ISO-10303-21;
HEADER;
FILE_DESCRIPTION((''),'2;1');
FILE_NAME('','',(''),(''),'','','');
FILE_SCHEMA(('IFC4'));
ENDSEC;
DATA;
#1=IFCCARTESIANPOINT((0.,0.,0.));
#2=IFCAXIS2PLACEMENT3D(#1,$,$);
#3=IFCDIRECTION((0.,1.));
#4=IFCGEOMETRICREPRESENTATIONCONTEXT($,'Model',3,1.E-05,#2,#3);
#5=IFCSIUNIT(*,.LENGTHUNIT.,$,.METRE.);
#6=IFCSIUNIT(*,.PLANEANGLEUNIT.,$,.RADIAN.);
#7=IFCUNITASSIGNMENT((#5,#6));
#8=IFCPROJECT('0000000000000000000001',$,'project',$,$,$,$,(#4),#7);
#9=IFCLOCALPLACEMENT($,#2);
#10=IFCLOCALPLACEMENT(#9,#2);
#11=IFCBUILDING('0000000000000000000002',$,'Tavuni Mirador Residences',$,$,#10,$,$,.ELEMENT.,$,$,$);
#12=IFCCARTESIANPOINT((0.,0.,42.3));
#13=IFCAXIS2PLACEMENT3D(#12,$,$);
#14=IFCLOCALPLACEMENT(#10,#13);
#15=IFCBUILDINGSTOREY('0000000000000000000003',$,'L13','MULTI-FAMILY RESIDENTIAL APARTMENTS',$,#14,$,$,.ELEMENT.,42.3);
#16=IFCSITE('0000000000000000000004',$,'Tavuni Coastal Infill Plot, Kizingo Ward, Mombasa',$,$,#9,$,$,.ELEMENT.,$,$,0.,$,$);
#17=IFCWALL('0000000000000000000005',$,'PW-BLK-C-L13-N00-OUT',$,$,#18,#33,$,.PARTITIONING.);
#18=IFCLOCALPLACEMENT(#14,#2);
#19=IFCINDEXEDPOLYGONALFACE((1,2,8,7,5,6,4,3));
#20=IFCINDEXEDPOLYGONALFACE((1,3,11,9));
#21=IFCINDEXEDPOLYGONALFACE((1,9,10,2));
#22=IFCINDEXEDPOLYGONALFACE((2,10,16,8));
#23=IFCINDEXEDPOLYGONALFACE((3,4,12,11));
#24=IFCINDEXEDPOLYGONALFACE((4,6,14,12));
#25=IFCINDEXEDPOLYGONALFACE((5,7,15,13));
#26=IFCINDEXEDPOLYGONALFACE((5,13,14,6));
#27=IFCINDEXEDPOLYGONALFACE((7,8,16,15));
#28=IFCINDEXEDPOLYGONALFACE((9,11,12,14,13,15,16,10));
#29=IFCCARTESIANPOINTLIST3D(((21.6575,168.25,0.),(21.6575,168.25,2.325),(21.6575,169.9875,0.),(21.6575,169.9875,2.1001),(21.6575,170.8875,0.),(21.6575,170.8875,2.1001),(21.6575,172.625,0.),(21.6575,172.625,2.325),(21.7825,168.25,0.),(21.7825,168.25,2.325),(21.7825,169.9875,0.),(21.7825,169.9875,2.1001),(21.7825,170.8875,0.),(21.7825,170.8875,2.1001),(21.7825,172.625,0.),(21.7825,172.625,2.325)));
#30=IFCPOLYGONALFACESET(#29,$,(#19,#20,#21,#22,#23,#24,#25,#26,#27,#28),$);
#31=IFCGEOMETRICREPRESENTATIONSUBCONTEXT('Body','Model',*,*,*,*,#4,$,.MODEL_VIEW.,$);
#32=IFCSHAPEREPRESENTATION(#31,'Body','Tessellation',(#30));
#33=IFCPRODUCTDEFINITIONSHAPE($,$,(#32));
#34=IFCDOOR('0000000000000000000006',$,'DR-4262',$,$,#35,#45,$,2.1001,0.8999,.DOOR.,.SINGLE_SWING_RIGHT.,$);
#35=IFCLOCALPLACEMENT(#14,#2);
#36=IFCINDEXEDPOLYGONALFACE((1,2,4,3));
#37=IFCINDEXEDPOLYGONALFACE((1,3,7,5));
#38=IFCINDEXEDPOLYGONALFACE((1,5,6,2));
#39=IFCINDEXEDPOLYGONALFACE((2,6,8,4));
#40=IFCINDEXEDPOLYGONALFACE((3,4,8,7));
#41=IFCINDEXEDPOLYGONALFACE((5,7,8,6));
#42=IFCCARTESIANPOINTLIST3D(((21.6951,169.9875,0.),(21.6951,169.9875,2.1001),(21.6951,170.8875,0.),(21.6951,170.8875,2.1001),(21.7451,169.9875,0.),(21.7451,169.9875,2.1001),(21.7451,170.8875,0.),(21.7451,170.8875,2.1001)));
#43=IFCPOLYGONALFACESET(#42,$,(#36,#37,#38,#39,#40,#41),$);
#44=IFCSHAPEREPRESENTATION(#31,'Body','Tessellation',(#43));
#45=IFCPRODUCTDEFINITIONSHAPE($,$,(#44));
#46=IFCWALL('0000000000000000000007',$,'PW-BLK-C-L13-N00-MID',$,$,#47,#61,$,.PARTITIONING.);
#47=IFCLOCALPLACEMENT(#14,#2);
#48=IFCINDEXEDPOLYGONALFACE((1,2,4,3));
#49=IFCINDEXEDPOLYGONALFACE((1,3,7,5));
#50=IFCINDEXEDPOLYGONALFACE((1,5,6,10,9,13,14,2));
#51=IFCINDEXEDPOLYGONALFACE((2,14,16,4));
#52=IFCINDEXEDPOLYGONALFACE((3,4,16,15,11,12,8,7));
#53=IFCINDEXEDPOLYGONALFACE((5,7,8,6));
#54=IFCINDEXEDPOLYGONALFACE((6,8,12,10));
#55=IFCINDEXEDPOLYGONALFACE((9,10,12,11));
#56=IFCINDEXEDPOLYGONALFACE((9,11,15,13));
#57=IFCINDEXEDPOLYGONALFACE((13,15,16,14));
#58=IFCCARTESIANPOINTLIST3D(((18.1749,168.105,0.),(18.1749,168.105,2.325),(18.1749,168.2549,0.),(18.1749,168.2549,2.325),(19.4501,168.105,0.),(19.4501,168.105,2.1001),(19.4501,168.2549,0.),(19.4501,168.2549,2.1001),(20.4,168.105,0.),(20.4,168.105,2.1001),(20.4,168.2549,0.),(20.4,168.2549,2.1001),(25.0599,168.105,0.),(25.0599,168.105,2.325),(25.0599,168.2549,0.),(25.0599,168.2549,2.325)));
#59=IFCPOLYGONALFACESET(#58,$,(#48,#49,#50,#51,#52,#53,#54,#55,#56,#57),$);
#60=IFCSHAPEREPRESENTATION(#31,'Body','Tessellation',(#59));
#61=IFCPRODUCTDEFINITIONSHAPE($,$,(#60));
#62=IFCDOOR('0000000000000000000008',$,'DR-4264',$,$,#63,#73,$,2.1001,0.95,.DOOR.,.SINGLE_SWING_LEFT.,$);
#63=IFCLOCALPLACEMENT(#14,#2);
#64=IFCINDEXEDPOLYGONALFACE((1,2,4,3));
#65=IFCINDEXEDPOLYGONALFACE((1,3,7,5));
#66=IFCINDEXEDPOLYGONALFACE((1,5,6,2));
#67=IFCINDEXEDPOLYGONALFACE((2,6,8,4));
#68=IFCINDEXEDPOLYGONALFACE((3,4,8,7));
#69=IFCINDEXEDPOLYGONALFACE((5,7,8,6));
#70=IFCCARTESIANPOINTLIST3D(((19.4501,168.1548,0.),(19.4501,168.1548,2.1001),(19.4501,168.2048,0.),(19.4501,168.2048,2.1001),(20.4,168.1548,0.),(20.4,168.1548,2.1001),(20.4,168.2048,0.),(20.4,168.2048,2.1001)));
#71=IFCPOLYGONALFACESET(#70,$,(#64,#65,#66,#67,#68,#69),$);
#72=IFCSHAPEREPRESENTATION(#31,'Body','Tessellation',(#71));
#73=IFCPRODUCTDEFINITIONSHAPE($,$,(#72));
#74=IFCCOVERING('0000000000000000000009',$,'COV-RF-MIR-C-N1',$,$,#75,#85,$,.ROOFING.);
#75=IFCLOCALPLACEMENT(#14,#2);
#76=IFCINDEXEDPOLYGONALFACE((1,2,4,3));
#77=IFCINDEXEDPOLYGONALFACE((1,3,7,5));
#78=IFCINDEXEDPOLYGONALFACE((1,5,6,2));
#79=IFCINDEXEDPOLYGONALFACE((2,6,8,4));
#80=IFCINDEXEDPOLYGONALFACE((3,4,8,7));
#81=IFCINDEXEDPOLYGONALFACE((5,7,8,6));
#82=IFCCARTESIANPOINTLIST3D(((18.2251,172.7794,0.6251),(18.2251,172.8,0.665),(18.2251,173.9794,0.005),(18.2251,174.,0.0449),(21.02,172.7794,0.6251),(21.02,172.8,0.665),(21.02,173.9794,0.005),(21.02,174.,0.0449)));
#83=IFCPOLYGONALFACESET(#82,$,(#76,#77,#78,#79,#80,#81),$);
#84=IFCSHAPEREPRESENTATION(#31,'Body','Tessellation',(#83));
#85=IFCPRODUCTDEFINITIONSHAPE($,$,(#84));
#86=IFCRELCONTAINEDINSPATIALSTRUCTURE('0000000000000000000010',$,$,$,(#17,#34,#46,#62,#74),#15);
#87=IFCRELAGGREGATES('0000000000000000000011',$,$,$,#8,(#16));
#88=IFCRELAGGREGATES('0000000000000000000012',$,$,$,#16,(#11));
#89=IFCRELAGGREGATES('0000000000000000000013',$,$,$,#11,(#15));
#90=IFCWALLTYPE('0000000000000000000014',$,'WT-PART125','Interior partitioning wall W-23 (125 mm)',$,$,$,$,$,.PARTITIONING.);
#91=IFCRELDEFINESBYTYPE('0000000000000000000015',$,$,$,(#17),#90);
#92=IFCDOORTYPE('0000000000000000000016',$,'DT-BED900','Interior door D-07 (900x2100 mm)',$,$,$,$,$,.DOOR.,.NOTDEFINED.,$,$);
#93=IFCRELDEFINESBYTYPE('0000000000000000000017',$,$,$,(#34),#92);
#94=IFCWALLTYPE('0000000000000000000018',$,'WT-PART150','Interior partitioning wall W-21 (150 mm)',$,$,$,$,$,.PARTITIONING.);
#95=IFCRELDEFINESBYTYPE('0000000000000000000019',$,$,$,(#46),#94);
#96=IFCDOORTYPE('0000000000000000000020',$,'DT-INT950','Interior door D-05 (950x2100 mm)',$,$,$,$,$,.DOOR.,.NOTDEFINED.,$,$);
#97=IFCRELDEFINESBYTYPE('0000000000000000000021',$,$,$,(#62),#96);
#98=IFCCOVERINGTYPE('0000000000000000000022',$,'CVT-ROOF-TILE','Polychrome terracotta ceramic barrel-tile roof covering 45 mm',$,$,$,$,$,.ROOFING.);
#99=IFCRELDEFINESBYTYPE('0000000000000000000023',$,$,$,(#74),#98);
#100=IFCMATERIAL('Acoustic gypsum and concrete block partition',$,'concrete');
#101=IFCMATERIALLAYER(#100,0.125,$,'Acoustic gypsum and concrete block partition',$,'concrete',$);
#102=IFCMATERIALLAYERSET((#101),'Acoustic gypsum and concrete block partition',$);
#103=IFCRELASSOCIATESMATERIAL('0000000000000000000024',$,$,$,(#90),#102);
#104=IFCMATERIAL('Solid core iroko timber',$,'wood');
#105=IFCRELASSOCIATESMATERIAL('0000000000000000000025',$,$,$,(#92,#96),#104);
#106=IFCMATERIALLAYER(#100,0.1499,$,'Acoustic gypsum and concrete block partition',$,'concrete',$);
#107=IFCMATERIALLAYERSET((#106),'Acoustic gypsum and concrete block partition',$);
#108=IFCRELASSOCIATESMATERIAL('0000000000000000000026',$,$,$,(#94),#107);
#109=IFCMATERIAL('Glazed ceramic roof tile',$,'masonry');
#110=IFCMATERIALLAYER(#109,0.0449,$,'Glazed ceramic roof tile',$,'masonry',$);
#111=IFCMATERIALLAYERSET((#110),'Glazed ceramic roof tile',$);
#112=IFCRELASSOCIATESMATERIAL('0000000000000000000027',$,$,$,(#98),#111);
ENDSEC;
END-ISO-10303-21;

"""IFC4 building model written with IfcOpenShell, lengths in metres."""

from ifc_helpers import new_model, si_unit, direction, frame, frame_2d, origin, place, context, subcontext, project, spatial, polyline, rectangle, outline, extrude, material, layer, layer_set, type_object, element, fill, save


model = new_model("IFC4")

# Units and contexts
model_context = context("Model", 3, precision=1e-05, world=origin(), true_north=direction((0.0, 1.0)))
body_context = subcontext(model_context, "Body", "Model", "MODEL_VIEW")
ifc_project = project(units=[si_unit("LENGTHUNIT", "METRE"), si_unit("PLANEANGLEUNIT", "RADIAN")], contexts=[model_context])

# Site, building, storey
site_placement = place(None, origin())
site = spatial("IfcSite", under=ifc_project, at=site_placement, Name="Tavuni Coastal Infill Plot, Kizingo Ward, Mombasa", CompositionType="ELEMENT", RefElevation=0.0)
building_placement = place(site_placement, origin())
building = spatial("IfcBuilding", under=site, at=building_placement, Name="Tavuni Mirador Residences", CompositionType="ELEMENT")
storey_placement = place(building_placement, frame((0.0, 0.0, 42.3)))
storey = spatial("IfcBuildingStorey", under=building, at=storey_placement, Name="L13", Description="MULTI-FAMILY RESIDENTIAL APARTMENTS", CompositionType="ELEMENT", Elevation=42.3)

# Shared definitions
ifc_material_1 = material(Name="Solid core iroko timber", Category="wood")

# Walls, openings, doors
ifc_material_2 = material(Name="Acoustic gypsum and concrete block partition", Category="concrete")
ifc_layer_1 = layer(ifc_material_2, 0.125, Name="Acoustic gypsum and concrete block partition", Category="concrete")
ifc_layer_set_1 = layer_set([ifc_layer_1], Name="Acoustic gypsum and concrete block partition")
wall_type_1 = type_object("IfcWallType", Name="WT-PART125", Description="Interior partitioning wall W-23 (125 mm)", PredefinedType="PARTITIONING", material=ifc_layer_set_1)
wall_1_placement = place(storey_placement, frame((21.72, 168.25, 0.0), z_axis=(0.0, 0.0, 1.0), x_axis=(0.0, 1.0, 0.0)))
wall_1 = element("IfcWall", 1, at=wall_1_placement, inside=storey, type_object=wall_type_1, Name="PW-BLK-C-L13-N00-OUT", PredefinedType="PARTITIONING", context=body_context, shape_type="SweptSolid", body=[
    extrude(rectangle(XDim=4.375, YDim=0.125, at=frame_2d((2.1875, 0.0))), origin(), (0.0, 0.0, 1.0), 2.325),
])
opening_1_placement = place(wall_1_placement, frame((1.7375, 0.0, 0.0)))
opening_1 = element("IfcOpeningElement", 2, at=opening_1_placement, cuts=wall_1, PredefinedType="OPENING", context=body_context, shape_type="SweptSolid", body=[
    extrude(rectangle(XDim=0.8999, YDim=2.1001, at=frame_2d((0.45, 1.05))), frame((0.0, 0.0725, 0.0), z_axis=(0.0, -1.0, 0.0), x_axis=(1.0, 0.0, 0.0)), (0.0, 0.0, 1.0), 0.145),
])
door_type_1 = type_object("IfcDoorType", Name="DT-BED900", Description="Interior door D-07 (900x2100 mm)", OperationType="NOTDEFINED", PredefinedType="DOOR", material=ifc_material_1)
door_1_placement = place(opening_1_placement, origin())
door_1 = element("IfcDoor", 3, at=door_1_placement, inside=storey, type_object=door_type_1, Name="DR-4262", OperationType="SINGLE_SWING_RIGHT", OverallHeight=2.1001, OverallWidth=0.8999, PredefinedType="DOOR", context=body_context, shape_type="SweptSolid", body=[
    extrude(rectangle(XDim=0.8999, YDim=2.1001, at=frame_2d((0.45, 1.05))), frame((0.0, 0.0249, 0.0), z_axis=(0.0, -1.0, 0.0), x_axis=(1.0, 0.0, 0.0)), (0.0, 0.0, 1.0), 0.05),
])
fill(opening_1, door_1)
ifc_layer_2 = layer(ifc_material_2, 0.1499, Name="Acoustic gypsum and concrete block partition", Category="concrete")
ifc_layer_set_2 = layer_set([ifc_layer_2], Name="Acoustic gypsum and concrete block partition")
wall_type_2 = type_object("IfcWallType", Name="WT-PART150", Description="Interior partitioning wall W-21 (150 mm)", PredefinedType="PARTITIONING", material=ifc_layer_set_2)
wall_2_placement = place(storey_placement, frame((18.175, 168.1799, 0.0), z_axis=(0.0, 0.0, 1.0), x_axis=(1.0, 0.0, 0.0)))
wall_2 = element("IfcWall", 4, at=wall_2_placement, inside=storey, type_object=wall_type_2, Name="PW-BLK-C-L13-N00-MID", PredefinedType="PARTITIONING", context=body_context, shape_type="SweptSolid", body=[
    extrude(rectangle(XDim=6.885, YDim=0.1499, at=frame_2d((3.4424, 0.0))), origin(), (0.0, 0.0, 1.0), 2.325),
])
opening_2_placement = place(wall_2_placement, frame((1.2749, 0.0, 0.0)))
opening_2 = element("IfcOpeningElement", 5, at=opening_2_placement, cuts=wall_2, PredefinedType="OPENING", context=body_context, shape_type="SweptSolid", body=[
    extrude(rectangle(XDim=0.95, YDim=2.1001, at=frame_2d((0.4751, 1.05))), frame((0.0, 0.085, 0.0), z_axis=(0.0, -1.0, 0.0), x_axis=(1.0, 0.0, 0.0)), (0.0, 0.0, 1.0), 0.1699),
])
door_type_2 = type_object("IfcDoorType", Name="DT-INT950", Description="Interior door D-05 (950x2100 mm)", OperationType="NOTDEFINED", PredefinedType="DOOR", material=ifc_material_1)
door_2_placement = place(opening_2_placement, origin())
door_2 = element("IfcDoor", 6, at=door_2_placement, inside=storey, type_object=door_type_2, Name="DR-4264", OperationType="SINGLE_SWING_LEFT", OverallHeight=2.1001, OverallWidth=0.95, PredefinedType="DOOR", context=body_context, shape_type="SweptSolid", body=[
    extrude(rectangle(XDim=0.95, YDim=2.1001, at=frame_2d((0.4751, 1.05))), frame((0.0, 0.0249, 0.0), z_axis=(0.0, -1.0, 0.0), x_axis=(1.0, 0.0, 0.0)), (0.0, 0.0, 1.0), 0.05),
])
fill(opening_2, door_2)

# Covering
ifc_material_3 = material(Name="Glazed ceramic roof tile", Category="masonry")
ifc_layer_3 = layer(ifc_material_3, 0.0449, Name="Glazed ceramic roof tile", Category="masonry")
ifc_layer_set_3 = layer_set([ifc_layer_3], Name="Glazed ceramic roof tile")
covering_type = type_object("IfcCoveringType", Name="CVT-ROOF-TILE", Description="Polychrome terracotta ceramic barrel-tile roof covering 45 mm", PredefinedType="ROOFING", material=ifc_layer_set_3)
covering_placement = place(storey_placement, frame((18.2251, 172.8, 0.665), z_axis=(0.0, 0.459103, 0.888383), x_axis=(1.0, 0.0, 0.0)))
element("IfcCovering", 7, at=covering_placement, inside=storey, type_object=covering_type, Name="COV-RF-MIR-C-N1", PredefinedType="ROOFING", context=body_context, shape_type="SweptSolid", body=[
    extrude(outline(polyline([(0.0, 0.0), (2.7949, 0.0), (2.7949, 1.3507), (0.0, 1.3507), (0.0, 0.0)])), origin(), (0.0, 0.0, -1.0), 0.0449),
])

save(model, "model.ifc")
